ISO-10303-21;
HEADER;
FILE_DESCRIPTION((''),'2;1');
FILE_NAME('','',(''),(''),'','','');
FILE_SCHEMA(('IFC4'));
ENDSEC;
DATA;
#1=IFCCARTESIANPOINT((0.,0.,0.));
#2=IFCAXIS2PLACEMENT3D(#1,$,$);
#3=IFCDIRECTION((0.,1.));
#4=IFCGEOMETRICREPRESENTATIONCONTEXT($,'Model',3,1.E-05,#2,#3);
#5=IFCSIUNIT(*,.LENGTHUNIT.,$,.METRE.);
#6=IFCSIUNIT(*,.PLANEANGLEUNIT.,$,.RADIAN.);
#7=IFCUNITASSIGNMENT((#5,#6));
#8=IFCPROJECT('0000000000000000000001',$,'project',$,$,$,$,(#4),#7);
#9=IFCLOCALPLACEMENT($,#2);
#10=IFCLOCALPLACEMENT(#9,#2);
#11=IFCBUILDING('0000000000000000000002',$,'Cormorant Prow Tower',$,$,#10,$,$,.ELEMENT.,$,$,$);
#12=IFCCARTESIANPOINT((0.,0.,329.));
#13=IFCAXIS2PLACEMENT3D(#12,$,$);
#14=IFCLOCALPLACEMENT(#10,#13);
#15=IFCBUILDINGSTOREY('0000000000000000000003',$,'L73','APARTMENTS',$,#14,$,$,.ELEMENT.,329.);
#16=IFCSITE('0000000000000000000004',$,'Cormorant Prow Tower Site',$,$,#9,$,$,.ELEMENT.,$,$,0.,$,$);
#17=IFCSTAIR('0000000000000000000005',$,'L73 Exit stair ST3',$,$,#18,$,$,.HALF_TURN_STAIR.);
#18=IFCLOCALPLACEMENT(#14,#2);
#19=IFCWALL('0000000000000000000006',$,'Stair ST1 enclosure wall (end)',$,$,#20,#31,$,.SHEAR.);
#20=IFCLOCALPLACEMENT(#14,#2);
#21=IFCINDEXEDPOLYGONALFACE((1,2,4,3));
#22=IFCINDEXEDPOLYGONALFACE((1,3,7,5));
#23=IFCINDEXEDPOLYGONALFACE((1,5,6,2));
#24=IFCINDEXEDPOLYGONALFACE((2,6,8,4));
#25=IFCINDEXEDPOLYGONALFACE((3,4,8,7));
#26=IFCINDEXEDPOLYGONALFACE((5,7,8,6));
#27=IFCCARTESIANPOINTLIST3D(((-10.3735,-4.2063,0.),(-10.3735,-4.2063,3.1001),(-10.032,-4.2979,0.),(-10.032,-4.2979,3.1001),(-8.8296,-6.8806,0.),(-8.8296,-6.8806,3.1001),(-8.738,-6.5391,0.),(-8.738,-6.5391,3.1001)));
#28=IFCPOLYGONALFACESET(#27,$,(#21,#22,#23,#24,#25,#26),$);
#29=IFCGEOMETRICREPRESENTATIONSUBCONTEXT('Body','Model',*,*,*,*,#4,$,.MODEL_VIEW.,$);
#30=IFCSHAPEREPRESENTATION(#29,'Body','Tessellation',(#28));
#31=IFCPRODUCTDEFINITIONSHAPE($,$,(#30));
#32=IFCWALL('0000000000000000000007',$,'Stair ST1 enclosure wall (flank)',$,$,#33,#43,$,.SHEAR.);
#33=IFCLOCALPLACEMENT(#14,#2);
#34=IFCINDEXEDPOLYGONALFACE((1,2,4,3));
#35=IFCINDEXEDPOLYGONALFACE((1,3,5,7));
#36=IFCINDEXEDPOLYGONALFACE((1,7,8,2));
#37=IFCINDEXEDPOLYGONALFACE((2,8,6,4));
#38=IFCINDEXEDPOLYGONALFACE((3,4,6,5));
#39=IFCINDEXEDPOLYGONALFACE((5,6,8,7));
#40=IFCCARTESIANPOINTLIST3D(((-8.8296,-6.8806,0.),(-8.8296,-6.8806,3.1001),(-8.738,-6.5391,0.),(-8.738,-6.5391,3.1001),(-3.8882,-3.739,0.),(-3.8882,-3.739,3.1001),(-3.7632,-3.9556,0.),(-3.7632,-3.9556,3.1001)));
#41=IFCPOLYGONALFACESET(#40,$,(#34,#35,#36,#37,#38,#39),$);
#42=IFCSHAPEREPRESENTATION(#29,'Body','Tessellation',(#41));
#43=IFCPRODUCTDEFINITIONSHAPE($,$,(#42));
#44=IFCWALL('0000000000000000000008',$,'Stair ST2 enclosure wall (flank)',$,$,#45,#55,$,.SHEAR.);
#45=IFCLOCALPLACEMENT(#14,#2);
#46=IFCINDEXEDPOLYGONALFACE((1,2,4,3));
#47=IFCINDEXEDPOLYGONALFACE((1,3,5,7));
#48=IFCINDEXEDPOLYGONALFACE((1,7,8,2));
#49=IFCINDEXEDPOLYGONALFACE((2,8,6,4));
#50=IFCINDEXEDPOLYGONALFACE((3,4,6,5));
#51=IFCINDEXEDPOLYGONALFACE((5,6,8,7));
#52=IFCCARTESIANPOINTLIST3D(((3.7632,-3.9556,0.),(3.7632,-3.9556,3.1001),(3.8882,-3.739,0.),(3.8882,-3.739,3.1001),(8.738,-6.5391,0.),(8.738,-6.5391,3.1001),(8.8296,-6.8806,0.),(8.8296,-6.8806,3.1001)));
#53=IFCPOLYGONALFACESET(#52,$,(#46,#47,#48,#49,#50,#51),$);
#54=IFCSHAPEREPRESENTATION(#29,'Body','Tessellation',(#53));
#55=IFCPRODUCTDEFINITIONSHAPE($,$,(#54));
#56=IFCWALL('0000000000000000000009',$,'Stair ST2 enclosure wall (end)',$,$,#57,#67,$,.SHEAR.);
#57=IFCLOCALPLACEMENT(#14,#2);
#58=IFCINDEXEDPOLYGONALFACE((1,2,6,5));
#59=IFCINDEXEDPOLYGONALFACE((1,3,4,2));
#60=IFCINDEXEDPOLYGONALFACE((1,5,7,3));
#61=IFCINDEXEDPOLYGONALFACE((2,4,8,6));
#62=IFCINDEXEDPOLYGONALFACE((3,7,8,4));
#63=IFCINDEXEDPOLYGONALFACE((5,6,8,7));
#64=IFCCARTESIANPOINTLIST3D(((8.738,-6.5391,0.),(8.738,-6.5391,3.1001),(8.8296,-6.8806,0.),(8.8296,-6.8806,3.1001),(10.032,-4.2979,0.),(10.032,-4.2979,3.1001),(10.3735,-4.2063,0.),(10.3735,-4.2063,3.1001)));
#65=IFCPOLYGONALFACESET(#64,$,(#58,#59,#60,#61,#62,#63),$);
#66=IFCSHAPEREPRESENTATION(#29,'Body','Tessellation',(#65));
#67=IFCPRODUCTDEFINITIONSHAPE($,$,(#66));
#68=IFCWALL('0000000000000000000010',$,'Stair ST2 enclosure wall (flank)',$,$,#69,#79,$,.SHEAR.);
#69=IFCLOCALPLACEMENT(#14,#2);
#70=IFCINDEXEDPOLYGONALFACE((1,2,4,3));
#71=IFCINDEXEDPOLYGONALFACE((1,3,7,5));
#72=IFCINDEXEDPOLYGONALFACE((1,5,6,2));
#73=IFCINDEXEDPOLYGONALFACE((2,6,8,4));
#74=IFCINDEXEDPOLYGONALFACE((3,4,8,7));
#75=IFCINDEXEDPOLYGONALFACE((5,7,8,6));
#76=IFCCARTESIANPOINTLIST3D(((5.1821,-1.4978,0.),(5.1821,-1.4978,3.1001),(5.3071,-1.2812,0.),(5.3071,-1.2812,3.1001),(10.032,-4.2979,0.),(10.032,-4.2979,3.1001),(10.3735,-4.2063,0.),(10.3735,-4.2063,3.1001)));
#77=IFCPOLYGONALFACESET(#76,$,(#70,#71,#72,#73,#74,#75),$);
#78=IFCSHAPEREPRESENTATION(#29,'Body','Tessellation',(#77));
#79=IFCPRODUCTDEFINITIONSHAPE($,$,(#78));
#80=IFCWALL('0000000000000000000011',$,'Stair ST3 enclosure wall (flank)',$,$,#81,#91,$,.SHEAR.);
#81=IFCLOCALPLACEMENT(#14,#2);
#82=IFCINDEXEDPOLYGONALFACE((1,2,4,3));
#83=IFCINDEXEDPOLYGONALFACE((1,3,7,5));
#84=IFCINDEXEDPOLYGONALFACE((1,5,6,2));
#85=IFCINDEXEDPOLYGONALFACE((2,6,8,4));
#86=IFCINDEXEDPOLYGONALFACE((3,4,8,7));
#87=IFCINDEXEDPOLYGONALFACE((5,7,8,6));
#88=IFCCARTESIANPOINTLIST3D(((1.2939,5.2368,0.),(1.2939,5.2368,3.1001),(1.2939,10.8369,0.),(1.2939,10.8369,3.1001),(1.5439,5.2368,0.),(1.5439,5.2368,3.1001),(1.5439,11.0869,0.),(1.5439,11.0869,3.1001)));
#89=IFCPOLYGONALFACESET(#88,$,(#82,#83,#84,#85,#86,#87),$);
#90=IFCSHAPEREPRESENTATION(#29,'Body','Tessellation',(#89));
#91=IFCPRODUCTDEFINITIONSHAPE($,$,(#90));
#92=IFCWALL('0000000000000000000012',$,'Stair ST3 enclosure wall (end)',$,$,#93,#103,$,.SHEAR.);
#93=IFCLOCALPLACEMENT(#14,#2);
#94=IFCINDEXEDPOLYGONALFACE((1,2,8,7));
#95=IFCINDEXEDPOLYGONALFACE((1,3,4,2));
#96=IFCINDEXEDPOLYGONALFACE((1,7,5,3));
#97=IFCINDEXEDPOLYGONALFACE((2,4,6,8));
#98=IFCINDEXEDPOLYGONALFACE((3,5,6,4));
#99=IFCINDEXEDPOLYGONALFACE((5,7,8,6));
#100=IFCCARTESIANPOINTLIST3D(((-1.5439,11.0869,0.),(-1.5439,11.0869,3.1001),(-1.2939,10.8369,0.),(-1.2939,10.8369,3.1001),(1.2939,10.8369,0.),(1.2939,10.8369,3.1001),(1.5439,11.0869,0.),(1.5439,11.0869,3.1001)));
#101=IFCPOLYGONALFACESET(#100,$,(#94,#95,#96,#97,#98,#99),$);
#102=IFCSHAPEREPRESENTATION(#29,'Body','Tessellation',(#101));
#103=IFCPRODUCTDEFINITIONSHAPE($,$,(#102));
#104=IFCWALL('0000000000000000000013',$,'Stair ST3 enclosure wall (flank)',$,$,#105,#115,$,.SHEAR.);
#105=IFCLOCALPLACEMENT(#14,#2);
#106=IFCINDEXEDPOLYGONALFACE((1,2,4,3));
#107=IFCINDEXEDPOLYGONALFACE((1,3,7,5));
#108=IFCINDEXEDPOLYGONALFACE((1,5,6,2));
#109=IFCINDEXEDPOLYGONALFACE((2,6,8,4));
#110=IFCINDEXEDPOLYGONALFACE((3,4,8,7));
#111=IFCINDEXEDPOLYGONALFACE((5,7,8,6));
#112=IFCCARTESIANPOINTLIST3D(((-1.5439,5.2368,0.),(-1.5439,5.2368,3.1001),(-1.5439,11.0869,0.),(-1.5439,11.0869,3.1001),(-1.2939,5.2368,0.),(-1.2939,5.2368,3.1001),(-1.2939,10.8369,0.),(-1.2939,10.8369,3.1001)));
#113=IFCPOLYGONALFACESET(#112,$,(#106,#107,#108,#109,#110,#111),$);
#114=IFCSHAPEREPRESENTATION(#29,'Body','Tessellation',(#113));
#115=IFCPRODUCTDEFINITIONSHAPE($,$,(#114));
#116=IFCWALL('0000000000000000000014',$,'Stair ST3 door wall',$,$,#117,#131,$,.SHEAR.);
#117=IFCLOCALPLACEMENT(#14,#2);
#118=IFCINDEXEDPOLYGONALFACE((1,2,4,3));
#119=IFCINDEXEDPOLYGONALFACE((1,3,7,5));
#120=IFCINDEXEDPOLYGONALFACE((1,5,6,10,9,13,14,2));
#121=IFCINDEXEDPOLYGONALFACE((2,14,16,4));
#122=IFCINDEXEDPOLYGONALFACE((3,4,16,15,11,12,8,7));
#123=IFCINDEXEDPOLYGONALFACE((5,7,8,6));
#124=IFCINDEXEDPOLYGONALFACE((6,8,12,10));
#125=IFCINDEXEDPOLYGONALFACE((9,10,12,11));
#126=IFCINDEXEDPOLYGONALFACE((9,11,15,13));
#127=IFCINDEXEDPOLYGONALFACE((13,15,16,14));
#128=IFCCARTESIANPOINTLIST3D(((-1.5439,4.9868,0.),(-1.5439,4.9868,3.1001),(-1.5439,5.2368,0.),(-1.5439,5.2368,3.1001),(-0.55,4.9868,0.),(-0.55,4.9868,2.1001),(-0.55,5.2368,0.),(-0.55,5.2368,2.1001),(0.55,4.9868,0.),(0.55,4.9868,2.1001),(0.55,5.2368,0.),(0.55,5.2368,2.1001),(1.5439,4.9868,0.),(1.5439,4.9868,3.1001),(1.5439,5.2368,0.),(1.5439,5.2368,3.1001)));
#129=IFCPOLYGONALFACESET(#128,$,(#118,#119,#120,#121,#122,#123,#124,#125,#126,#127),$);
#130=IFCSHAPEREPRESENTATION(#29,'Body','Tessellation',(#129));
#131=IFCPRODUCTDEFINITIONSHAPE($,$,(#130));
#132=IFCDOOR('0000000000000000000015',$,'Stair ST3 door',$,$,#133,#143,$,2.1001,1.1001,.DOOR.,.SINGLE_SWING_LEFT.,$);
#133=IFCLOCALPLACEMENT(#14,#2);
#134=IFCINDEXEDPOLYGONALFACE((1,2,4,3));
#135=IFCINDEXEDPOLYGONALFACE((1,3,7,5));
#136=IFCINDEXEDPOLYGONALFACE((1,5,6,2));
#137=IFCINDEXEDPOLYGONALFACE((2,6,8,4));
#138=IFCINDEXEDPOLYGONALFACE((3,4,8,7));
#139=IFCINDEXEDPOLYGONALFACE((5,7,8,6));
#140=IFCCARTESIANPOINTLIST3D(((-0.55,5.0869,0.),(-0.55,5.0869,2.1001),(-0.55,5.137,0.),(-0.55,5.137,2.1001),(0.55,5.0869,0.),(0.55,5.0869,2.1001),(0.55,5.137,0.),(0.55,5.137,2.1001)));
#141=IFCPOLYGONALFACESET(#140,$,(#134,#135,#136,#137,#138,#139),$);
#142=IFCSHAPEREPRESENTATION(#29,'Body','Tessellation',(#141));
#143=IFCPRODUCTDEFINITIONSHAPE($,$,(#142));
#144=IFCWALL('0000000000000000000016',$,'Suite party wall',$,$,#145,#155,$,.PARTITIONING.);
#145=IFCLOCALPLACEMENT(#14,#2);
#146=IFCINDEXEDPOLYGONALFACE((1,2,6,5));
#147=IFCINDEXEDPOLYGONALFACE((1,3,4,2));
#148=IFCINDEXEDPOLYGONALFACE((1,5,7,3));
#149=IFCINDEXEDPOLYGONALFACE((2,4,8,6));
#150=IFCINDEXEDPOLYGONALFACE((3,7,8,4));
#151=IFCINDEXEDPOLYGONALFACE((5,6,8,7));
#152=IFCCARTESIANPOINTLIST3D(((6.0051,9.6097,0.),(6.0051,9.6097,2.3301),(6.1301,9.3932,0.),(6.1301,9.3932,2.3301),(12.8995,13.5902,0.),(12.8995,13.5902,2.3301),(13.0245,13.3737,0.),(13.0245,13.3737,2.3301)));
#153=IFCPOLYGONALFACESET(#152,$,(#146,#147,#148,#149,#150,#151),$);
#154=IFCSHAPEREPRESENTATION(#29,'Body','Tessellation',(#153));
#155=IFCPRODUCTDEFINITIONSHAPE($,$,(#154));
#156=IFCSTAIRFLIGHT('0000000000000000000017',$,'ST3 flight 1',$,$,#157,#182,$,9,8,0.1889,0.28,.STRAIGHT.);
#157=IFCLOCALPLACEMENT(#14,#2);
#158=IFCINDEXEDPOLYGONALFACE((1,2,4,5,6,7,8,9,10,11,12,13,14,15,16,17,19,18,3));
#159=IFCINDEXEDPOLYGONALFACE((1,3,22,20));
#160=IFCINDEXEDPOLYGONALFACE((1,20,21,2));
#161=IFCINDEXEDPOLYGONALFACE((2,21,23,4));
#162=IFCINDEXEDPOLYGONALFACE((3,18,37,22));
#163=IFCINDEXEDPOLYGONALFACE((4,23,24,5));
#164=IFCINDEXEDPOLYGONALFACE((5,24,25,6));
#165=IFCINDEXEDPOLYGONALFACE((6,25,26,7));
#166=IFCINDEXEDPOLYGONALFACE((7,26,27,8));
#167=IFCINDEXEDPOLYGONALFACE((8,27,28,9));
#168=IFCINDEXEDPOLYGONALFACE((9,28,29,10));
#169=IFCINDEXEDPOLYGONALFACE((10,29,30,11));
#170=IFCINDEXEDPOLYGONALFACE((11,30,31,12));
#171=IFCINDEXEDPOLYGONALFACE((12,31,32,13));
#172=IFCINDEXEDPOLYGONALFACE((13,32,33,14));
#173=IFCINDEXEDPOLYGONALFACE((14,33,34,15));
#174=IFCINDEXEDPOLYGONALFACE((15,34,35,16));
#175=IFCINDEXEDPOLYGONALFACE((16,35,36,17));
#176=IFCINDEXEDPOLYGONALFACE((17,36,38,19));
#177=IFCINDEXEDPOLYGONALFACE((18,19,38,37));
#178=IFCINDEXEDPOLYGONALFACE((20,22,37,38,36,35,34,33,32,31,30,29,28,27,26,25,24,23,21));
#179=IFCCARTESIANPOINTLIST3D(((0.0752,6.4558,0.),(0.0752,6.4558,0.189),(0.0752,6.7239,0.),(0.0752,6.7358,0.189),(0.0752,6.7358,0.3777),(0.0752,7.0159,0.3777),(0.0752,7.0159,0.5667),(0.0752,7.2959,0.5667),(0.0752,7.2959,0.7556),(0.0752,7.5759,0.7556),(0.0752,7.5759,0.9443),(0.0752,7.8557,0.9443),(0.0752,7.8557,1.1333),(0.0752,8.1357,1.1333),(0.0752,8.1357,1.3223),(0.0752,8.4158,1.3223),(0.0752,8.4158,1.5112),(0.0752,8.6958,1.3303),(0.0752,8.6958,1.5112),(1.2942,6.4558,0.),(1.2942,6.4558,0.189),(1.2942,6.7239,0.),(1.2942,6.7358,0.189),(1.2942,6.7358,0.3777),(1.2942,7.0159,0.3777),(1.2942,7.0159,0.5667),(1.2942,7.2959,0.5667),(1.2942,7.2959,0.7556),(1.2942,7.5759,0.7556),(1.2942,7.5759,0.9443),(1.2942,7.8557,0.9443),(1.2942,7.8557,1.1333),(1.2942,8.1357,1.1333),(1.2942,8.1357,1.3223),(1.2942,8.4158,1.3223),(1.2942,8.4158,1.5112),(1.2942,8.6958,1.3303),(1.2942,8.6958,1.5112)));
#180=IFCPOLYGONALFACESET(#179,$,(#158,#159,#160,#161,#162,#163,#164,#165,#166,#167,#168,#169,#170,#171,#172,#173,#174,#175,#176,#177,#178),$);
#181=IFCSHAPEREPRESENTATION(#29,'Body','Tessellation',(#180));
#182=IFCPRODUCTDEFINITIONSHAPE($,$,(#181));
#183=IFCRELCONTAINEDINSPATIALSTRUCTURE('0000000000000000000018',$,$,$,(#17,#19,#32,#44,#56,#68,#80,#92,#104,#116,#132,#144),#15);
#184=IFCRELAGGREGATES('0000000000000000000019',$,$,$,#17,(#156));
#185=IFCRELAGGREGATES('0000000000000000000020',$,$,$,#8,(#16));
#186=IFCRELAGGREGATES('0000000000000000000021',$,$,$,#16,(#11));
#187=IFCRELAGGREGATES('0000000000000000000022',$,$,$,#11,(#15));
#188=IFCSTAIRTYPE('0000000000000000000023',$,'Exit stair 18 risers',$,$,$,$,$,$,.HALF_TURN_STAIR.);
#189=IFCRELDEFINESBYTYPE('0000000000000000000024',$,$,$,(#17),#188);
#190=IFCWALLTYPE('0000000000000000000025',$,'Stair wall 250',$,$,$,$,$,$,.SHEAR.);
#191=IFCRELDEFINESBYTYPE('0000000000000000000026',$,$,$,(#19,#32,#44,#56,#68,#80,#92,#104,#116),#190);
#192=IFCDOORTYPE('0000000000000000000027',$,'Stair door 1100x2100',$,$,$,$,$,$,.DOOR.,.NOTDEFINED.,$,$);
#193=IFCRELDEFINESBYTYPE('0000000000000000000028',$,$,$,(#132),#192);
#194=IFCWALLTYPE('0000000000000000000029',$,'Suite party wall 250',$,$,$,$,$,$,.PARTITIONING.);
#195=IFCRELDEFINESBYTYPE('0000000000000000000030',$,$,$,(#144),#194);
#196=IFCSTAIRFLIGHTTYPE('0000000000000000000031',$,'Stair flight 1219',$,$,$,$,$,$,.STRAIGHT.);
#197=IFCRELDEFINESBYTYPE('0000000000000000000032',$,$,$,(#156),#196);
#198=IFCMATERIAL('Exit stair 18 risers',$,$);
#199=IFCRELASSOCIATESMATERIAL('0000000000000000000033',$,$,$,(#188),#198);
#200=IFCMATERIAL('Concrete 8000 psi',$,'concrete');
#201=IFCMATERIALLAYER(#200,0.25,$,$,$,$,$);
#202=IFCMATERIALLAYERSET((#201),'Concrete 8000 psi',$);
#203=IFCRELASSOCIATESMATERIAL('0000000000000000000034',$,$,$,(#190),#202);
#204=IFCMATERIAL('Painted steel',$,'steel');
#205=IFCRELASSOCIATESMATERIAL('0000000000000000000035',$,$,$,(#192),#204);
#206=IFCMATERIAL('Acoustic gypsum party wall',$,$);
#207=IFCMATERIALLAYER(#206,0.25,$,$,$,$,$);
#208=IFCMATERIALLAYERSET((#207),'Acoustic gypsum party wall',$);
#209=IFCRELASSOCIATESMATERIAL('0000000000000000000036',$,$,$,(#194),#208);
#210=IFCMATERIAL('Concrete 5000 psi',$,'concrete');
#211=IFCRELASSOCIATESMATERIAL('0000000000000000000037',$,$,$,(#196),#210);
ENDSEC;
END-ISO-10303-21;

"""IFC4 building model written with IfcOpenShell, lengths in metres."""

from ifc_helpers import new_model, si_unit, direction, frame, frame_2d, origin, place, context, subcontext, project, spatial, polyline, rectangle, outline, extrude, material, layer, layer_set, type_object, element, fill, aggregate, save


model = new_model("IFC4")

# Units and contexts
model_context = context("Model", 3, precision=1e-05, world=origin(), true_north=direction((0.0, 1.0)))
body_context = subcontext(model_context, "Body", "Model", "MODEL_VIEW")
ifc_project = project(units=[si_unit("LENGTHUNIT", "METRE"), si_unit("PLANEANGLEUNIT", "RADIAN")], contexts=[model_context])

# Site, building, storey
site_placement = place(None, origin())
site = spatial("IfcSite", under=ifc_project, at=site_placement, Name="Cormorant Prow Tower Site", CompositionType="ELEMENT", RefElevation=0.0)
building_placement = place(site_placement, origin())
building = spatial("IfcBuilding", under=site, at=building_placement, Name="Cormorant Prow Tower", CompositionType="ELEMENT")
storey_placement = place(building_placement, frame((0.0, 0.0, 329.0)))
storey = spatial("IfcBuildingStorey", under=building, at=storey_placement, Name="L73", Description="APARTMENTS", CompositionType="ELEMENT", Elevation=329.0)

# Stair
ifc_material_1 = material(Name="Exit stair 18 risers")
stair_type = type_object("IfcStairType", Name="Exit stair 18 risers", PredefinedType="HALF_TURN_STAIR", material=ifc_material_1)
stair_1_placement = place(storey_placement, origin())
stair_1 = element("IfcStair", 1, at=stair_1_placement, inside=storey, type_object=stair_type, Name="L73 Exit stair ST3", PredefinedType="HALF_TURN_STAIR")

# Walls
ifc_material_2 = material(Name="Concrete 8000 psi", Category="concrete")
ifc_layer_1 = layer(ifc_material_2, 0.25)
ifc_layer_set_1 = layer_set([ifc_layer_1], Name="Concrete 8000 psi")
wall_type_1 = type_object("IfcWallType", Name="Stair wall 250", PredefinedType="SHEAR", material=ifc_layer_set_1)
wall_1_placement = place(storey_placement, origin())
element("IfcWall", 2, at=wall_1_placement, inside=storey, type_object=wall_type_1, Name="Stair ST1 enclosure wall (end)", PredefinedType="SHEAR", context=body_context, shape_type="SweptSolid", body=[
    extrude(outline(polyline([(-10.3735, -4.2063), (-8.8296, -6.8806), (-8.738, -6.5391), (-10.032, -4.2979), (-10.3735, -4.2063)])), origin(), (0.0, 0.0, 1.0), 3.1001),
])
wall_2_placement = place(storey_placement, origin())
element("IfcWall", 3, at=wall_2_placement, inside=storey, type_object=wall_type_1, Name="Stair ST1 enclosure wall (flank)", PredefinedType="SHEAR", context=body_context, shape_type="SweptSolid", body=[
    extrude(outline(polyline([(-8.738, -6.5391), (-8.8296, -6.8806), (-3.7632, -3.9556), (-3.8882, -3.739), (-8.738, -6.5391)])), origin(), (0.0, 0.0, 1.0), 3.1001),
])
wall_3_placement = place(storey_placement, origin())
element("IfcWall", 4, at=wall_3_placement, inside=storey, type_object=wall_type_1, Name="Stair ST2 enclosure wall (flank)", PredefinedType="SHEAR", context=body_context, shape_type="SweptSolid", body=[
    extrude(outline(polyline([(3.7632, -3.9556), (8.8296, -6.8806), (8.738, -6.5391), (3.8882, -3.739), (3.7632, -3.9556)])), origin(), (0.0, 0.0, 1.0), 3.1001),
])
wall_4_placement = place(storey_placement, origin())
element("IfcWall", 5, at=wall_4_placement, inside=storey, type_object=wall_type_1, Name="Stair ST2 enclosure wall (end)", PredefinedType="SHEAR", context=body_context, shape_type="SweptSolid", body=[
    extrude(outline(polyline([(8.8296, -6.8806), (10.3735, -4.2063), (10.032, -4.2979), (8.738, -6.5391), (8.8296, -6.8806)])), origin(), (0.0, 0.0, 1.0), 3.1001),
])
wall_5_placement = place(storey_placement, origin())
element("IfcWall", 6, at=wall_5_placement, inside=storey, type_object=wall_type_1, Name="Stair ST2 enclosure wall (flank)", PredefinedType="SHEAR", context=body_context, shape_type="SweptSolid", body=[
    extrude(outline(polyline([(10.032, -4.2979), (10.3735, -4.2063), (5.3071, -1.2812), (5.1821, -1.4978), (10.032, -4.2979)])), origin(), (0.0, 0.0, 1.0), 3.1001),
])
wall_6_placement = place(storey_placement, origin())
element("IfcWall", 7, at=wall_6_placement, inside=storey, type_object=wall_type_1, Name="Stair ST3 enclosure wall (flank)", PredefinedType="SHEAR", context=body_context, shape_type="SweptSolid", body=[
    extrude(outline(polyline([(1.5439, 5.2368), (1.5439, 11.0869), (1.2939, 10.8369), (1.2939, 5.2368), (1.5439, 5.2368)])), origin(), (0.0, 0.0, 1.0), 3.1001),
])
wall_7_placement = place(storey_placement, origin())
element("IfcWall", 8, at=wall_7_placement, inside=storey, type_object=wall_type_1, Name="Stair ST3 enclosure wall (end)", PredefinedType="SHEAR", context=body_context, shape_type="SweptSolid", body=[
    extrude(outline(polyline([(1.5439, 11.0869), (-1.5439, 11.0869), (-1.2939, 10.8369), (1.2939, 10.8369), (1.5439, 11.0869)])), origin(), (0.0, 0.0, 1.0), 3.1001),
])
wall_8_placement = place(storey_placement, origin())
element("IfcWall", 9, at=wall_8_placement, inside=storey, type_object=wall_type_1, Name="Stair ST3 enclosure wall (flank)", PredefinedType="SHEAR", context=body_context, shape_type="SweptSolid", body=[
    extrude(outline(polyline([(-1.2939, 10.8369), (-1.5439, 11.0869), (-1.5439, 5.2368), (-1.2939, 5.2368), (-1.2939, 10.8369)])), origin(), (0.0, 0.0, 1.0), 3.1001),
])

# Wall, opening, door
wall_9_placement = place(storey_placement, frame((1.5439, 5.1118, 0.0), z_axis=(0.0, 0.0, 1.0), x_axis=(-1.0, 0.0, 0.0)))
wall_9 = element("IfcWall", 10, at=wall_9_placement, inside=storey, type_object=wall_type_1, Name="Stair ST3 door wall", PredefinedType="SHEAR", context=body_context, shape_type="SweptSolid", body=[
    extrude(rectangle(XDim=3.0879, YDim=0.25, at=frame_2d((1.5439, 0.0))), origin(), (0.0, 0.0, 1.0), 3.1001),
])
opening_placement = place(wall_9_placement, frame((0.9939, 0.0, 0.0)))
opening = element("IfcOpeningElement", 11, at=opening_placement, cuts=wall_9, PredefinedType="OPENING", context=body_context, shape_type="SweptSolid", body=[
    extrude(rectangle(XDim=1.1001, YDim=2.1001, at=frame_2d((0.55, 1.05))), frame((0.0, 0.135, 0.0), z_axis=(0.0, -1.0, 0.0), x_axis=(1.0, 0.0, 0.0)), (0.0, 0.0, 1.0), 0.27),
])
ifc_material_3 = material(Name="Painted steel", Category="steel")
door_type = type_object("IfcDoorType", Name="Stair door 1100x2100", OperationType="NOTDEFINED", PredefinedType="DOOR", material=ifc_material_3)
door_placement = place(opening_placement, origin())
door = element("IfcDoor", 12, at=door_placement, inside=storey, type_object=door_type, Name="Stair ST3 door", OperationType="SINGLE_SWING_LEFT", OverallHeight=2.1001, OverallWidth=1.1001, PredefinedType="DOOR", context=body_context, shape_type="SweptSolid", body=[
    extrude(rectangle(XDim=1.1001, YDim=2.1001, at=frame_2d((0.55, 1.05))), frame((0.0, 0.0249, 0.0), z_axis=(0.0, -1.0, 0.0), x_axis=(1.0, 0.0, 0.0)), (0.0, 0.0, 1.0), 0.05),
])
fill(opening, door)

# Wall
ifc_material_4 = material(Name="Acoustic gypsum party wall")
ifc_layer_2 = layer(ifc_material_4, 0.25)
ifc_layer_set_2 = layer_set([ifc_layer_2], Name="Acoustic gypsum party wall")
wall_type_2 = type_object("IfcWallType", Name="Suite party wall 250", PredefinedType="PARTITIONING", material=ifc_layer_set_2)
wall_10_placement = place(storey_placement, frame((6.0676, 9.5015, 0.0), z_axis=(0.0, 0.0, 1.0), x_axis=(0.866023, 0.500005, 0.0)))
element("IfcWall", 13, at=wall_10_placement, inside=storey, type_object=wall_type_2, Name="Suite party wall", PredefinedType="PARTITIONING", context=body_context, shape_type="SweptSolid", body=[
    extrude(rectangle(XDim=7.9609, YDim=0.25, at=frame_2d((3.9805, 0.0))), origin(), (0.0, 0.0, 1.0), 2.3301),
])

# Stair flight
ifc_material_5 = material(Name="Concrete 5000 psi", Category="concrete")
stair_flight_type = type_object("IfcStairFlightType", Name="Stair flight 1219", PredefinedType="STRAIGHT", material=ifc_material_5)
stair_flight_placement = place(storey_placement, frame((0.6846, 6.4558, 0.0), z_axis=(0.0, 0.0, 1.0), x_axis=(0.0, 1.0, 0.0)))
stair_flight = element("IfcStairFlight", 14, at=stair_flight_placement, type_object=stair_flight_type, Name="ST3 flight 1", NumberOfRisers=9, NumberOfTreads=8, PredefinedType="STRAIGHT", RiserHeight=0.1889, TreadLength=0.28, context=body_context, shape_type="SweptSolid", body=[
    extrude(outline(polyline([(0.0, 0.0), (0.0, 0.189), (0.28, 0.189), (0.28, 0.3777), (0.5601, 0.3777), (0.5601, 0.5667), (0.8401, 0.5667), (0.8401, 0.7556), (1.1201, 0.7556), (1.1201, 0.9443), (1.3999, 0.9443), (1.3999, 1.1333), (1.6799, 1.1333), (1.6799, 1.3223), (1.96, 1.3223), (1.96, 1.5112), (2.24, 1.5112), (2.24, 1.7), (2.24, 1.3303), (0.2681, 0.0), (0.0, 0.0)])), frame((0.0, 0.6094, 0.0), z_axis=(0.0, -1.0, 0.0), x_axis=(1.0, 0.0, 0.0)), (0.0, 0.0, 1.0), 1.219),
])
aggregate(stair_1, [stair_flight])

save(model, "model.ifc")
